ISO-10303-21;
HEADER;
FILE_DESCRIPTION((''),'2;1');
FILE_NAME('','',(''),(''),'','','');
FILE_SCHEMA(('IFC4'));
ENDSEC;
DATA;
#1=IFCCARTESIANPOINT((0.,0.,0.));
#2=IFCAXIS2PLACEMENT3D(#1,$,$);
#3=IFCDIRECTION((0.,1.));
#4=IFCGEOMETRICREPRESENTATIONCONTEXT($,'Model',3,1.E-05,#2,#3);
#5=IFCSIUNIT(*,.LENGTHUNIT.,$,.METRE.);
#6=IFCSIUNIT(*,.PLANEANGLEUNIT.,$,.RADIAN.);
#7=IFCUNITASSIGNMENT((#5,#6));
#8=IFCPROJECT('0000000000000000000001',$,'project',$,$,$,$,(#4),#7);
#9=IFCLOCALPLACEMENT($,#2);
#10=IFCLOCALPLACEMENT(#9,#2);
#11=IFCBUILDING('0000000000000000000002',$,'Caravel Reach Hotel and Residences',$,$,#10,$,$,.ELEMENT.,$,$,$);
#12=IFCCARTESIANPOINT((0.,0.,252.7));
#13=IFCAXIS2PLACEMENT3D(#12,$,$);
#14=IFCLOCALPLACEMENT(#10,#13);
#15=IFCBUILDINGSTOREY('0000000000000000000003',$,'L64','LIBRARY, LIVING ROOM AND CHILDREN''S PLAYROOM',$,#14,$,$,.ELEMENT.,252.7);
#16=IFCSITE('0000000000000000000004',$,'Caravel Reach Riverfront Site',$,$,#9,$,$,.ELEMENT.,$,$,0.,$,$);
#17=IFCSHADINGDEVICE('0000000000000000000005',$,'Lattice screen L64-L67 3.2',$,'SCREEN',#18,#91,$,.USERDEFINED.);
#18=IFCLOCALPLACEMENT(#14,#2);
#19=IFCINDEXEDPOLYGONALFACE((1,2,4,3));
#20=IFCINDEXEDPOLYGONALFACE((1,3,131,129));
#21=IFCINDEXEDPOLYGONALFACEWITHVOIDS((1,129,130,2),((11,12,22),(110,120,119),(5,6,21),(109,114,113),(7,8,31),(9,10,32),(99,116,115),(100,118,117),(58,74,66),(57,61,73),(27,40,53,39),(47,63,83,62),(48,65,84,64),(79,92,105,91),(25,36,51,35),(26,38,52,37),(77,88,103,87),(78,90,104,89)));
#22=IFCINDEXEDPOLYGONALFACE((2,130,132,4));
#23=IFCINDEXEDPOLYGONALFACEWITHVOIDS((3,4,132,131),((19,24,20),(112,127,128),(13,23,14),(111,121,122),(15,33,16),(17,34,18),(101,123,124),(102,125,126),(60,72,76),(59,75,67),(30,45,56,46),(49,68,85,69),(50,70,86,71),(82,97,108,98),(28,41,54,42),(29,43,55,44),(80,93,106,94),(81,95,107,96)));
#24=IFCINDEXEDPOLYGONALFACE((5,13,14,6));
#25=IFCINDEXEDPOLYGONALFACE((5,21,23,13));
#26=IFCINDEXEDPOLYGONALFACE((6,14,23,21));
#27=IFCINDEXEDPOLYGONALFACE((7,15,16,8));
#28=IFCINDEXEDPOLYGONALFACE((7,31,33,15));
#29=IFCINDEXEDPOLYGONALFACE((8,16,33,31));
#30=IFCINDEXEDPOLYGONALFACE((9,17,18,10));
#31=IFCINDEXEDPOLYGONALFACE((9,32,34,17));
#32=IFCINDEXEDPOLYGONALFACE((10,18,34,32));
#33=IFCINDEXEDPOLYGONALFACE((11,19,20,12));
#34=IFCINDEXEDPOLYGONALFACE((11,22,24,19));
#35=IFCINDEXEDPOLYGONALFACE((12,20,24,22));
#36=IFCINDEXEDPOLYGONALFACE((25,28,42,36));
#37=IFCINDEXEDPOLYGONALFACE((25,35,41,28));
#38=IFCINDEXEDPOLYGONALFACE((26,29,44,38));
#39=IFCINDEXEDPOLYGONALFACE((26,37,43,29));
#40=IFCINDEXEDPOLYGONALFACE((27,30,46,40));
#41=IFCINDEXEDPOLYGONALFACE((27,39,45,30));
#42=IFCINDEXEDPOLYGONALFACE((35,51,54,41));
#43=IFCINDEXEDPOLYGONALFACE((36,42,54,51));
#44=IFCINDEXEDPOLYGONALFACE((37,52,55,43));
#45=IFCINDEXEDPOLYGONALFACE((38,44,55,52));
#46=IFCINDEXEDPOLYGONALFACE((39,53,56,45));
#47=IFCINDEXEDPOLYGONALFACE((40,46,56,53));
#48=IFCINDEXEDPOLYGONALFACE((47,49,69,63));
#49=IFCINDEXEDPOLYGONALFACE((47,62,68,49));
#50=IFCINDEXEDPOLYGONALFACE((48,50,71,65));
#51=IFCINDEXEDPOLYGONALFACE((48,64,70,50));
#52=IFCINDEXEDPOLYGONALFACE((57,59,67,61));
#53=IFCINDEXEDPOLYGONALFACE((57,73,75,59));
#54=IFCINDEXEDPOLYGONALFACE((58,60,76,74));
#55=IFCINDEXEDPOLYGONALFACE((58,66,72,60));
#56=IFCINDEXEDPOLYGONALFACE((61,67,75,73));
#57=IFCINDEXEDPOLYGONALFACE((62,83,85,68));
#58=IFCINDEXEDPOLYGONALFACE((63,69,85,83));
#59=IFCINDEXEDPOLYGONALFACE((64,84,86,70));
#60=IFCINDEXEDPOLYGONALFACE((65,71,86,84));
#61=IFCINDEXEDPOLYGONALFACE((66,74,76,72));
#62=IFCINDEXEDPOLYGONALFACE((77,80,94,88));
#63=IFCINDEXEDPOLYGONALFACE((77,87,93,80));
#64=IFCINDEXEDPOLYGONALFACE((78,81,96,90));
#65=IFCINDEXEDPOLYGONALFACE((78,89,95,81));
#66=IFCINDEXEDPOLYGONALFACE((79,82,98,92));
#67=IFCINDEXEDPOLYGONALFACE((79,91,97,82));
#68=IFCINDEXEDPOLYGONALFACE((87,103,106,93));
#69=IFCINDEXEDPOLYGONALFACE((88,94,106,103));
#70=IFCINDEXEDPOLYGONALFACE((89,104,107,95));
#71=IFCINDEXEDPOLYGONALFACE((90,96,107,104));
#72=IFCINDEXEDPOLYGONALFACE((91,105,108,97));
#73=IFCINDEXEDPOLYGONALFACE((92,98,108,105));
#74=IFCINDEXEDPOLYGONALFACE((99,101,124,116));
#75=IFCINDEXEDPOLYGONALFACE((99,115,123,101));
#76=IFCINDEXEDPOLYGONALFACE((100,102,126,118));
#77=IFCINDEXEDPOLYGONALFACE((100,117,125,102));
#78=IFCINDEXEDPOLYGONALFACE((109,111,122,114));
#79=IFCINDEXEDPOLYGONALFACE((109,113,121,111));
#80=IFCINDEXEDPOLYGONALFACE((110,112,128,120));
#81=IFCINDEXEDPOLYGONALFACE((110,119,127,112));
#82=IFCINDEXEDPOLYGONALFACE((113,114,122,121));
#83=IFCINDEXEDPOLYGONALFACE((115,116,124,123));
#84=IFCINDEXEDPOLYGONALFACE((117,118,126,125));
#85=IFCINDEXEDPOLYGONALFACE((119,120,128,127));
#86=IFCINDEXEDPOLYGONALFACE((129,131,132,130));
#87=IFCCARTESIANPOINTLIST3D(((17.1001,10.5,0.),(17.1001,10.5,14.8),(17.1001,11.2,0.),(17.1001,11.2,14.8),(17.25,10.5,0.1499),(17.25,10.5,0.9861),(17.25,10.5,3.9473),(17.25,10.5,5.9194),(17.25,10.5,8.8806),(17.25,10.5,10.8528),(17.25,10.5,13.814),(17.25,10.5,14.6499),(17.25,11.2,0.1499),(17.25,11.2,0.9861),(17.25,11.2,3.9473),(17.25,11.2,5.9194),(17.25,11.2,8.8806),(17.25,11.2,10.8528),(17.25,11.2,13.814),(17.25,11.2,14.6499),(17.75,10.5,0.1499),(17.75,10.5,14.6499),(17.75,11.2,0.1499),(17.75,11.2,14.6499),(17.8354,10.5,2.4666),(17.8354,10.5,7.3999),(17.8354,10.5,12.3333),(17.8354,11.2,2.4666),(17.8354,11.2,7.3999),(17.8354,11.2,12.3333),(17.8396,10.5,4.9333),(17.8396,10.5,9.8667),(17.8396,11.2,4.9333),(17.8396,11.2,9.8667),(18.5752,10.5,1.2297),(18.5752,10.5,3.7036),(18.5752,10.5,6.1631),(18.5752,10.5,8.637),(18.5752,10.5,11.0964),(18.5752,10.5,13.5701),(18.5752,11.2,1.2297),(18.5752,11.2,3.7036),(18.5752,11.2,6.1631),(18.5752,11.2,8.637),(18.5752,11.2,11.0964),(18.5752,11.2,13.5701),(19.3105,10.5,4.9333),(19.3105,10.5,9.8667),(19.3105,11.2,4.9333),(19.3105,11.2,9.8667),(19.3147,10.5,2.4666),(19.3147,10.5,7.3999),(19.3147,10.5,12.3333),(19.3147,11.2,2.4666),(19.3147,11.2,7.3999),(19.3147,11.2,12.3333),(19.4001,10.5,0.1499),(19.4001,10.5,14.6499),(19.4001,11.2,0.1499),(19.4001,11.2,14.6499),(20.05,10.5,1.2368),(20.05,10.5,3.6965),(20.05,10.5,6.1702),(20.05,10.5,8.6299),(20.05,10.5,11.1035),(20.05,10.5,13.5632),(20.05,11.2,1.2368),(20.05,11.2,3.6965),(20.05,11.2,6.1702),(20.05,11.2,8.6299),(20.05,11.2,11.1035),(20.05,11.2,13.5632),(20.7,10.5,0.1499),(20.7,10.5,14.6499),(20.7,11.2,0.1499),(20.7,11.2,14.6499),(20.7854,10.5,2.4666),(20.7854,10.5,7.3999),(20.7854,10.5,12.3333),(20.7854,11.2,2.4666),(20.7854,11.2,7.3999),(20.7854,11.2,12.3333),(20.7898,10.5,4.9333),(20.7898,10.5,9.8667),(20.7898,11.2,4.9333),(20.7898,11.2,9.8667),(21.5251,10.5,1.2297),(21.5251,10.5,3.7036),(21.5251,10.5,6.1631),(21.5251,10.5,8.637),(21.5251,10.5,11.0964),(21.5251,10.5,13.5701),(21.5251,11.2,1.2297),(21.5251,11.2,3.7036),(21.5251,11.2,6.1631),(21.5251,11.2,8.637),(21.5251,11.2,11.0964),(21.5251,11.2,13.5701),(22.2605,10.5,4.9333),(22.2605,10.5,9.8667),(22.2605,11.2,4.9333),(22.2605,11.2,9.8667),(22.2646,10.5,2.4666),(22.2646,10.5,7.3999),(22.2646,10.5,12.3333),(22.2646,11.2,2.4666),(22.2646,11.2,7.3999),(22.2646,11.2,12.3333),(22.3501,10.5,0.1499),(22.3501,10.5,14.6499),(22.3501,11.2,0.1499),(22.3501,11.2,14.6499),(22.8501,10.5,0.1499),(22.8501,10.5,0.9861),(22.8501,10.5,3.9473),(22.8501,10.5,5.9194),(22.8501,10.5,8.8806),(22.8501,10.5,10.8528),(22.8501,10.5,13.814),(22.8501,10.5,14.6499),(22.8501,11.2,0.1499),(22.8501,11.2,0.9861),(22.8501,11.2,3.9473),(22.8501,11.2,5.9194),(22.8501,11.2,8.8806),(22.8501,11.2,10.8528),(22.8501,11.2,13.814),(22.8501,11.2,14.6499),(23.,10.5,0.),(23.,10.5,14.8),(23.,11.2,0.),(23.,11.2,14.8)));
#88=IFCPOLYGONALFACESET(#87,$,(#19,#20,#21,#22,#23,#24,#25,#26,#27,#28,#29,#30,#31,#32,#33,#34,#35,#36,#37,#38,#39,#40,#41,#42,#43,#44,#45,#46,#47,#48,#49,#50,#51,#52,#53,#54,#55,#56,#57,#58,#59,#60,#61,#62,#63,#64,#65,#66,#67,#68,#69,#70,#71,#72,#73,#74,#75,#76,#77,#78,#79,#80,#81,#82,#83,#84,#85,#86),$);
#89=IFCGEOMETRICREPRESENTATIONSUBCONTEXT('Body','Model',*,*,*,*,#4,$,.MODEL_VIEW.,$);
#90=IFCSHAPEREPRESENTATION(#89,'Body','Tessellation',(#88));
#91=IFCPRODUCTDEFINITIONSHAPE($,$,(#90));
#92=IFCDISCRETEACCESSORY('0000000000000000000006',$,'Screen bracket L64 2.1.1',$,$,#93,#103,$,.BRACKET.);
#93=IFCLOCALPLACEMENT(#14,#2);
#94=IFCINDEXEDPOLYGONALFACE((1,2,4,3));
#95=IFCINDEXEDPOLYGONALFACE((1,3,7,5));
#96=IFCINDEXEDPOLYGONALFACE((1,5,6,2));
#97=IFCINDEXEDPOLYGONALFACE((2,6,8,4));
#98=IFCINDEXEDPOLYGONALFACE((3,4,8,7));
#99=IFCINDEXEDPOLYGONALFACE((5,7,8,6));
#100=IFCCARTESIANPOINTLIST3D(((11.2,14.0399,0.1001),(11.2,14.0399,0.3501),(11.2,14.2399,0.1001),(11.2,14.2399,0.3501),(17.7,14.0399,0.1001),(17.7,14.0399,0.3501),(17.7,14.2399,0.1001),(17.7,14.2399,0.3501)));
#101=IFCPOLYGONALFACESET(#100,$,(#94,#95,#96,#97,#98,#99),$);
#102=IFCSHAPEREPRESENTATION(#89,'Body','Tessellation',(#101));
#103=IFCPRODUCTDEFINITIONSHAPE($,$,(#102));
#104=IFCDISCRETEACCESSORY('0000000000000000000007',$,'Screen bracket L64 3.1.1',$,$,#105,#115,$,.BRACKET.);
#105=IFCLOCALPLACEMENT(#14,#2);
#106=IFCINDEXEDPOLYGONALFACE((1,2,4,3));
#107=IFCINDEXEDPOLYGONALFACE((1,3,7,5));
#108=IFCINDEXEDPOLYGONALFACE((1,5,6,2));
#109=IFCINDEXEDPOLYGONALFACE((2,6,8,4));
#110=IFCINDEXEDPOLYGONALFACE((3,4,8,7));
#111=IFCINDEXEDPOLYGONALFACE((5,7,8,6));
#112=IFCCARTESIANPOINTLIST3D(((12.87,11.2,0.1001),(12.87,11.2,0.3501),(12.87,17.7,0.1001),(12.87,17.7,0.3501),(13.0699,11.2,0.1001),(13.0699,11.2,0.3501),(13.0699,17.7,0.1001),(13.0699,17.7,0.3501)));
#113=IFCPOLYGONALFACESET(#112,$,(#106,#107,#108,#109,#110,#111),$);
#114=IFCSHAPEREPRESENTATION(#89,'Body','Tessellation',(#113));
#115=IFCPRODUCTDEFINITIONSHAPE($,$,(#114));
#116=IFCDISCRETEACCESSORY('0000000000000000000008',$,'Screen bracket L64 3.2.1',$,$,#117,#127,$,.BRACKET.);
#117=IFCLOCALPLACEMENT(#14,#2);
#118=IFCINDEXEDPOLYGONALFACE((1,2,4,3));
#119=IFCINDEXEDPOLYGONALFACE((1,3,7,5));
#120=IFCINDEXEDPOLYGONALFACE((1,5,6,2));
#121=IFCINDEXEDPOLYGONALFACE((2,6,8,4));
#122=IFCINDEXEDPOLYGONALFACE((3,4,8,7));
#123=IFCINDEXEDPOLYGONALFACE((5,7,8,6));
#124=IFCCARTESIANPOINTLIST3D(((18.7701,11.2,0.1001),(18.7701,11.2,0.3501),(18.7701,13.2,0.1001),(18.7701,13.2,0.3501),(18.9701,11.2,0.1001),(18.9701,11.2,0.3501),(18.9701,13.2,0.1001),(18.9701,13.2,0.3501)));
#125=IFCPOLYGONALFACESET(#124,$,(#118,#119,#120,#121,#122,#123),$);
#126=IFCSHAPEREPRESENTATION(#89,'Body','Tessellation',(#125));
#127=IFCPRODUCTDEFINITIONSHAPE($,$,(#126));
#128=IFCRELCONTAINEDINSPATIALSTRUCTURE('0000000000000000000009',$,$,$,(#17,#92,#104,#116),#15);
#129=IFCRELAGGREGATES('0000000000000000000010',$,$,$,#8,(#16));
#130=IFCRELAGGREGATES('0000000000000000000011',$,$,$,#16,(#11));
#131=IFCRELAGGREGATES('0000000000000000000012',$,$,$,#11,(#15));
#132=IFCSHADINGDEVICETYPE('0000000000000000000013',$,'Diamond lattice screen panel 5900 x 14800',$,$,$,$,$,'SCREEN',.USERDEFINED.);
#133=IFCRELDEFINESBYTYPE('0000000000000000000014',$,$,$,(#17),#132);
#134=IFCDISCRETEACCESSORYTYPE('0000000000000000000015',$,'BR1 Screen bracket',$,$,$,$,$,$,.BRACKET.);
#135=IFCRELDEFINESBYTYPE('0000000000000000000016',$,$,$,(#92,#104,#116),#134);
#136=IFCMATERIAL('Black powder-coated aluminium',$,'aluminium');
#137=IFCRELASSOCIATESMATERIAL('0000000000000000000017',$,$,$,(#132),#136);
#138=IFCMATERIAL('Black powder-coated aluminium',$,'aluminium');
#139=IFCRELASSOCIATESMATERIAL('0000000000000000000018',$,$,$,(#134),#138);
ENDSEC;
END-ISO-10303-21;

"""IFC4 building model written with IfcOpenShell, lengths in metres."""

from ifc_helpers import new_model, si_unit, direction, frame, origin, origin_2d, place, context, subcontext, project, spatial, polyline, rectangle, outline, extrude, material, type_object, element, save


model = new_model("IFC4")

# Units and contexts
model_context = context("Model", 3, precision=1e-05, world=origin(), true_north=direction((0.0, 1.0)))
body_context = subcontext(model_context, "Body", "Model", "MODEL_VIEW")
ifc_project = project(units=[si_unit("LENGTHUNIT", "METRE"), si_unit("PLANEANGLEUNIT", "RADIAN")], contexts=[model_context])

# Site, building, storey
site_placement = place(None, origin())
site = spatial("IfcSite", under=ifc_project, at=site_placement, Name="Caravel Reach Riverfront Site", CompositionType="ELEMENT", RefElevation=0.0)
building_placement = place(site_placement, origin())
building = spatial("IfcBuilding", under=site, at=building_placement, Name="Caravel Reach Hotel and Residences", CompositionType="ELEMENT")
storey_placement = place(building_placement, frame((0.0, 0.0, 252.7)))
storey = spatial("IfcBuildingStorey", under=building, at=storey_placement, Name="L64", Description="LIBRARY, LIVING ROOM AND CHILDREN'S PLAYROOM", CompositionType="ELEMENT", Elevation=252.7)

# Shading device
ifc_material_1 = material(Name="Black powder-coated aluminium", Category="aluminium")
shading_device_type = type_object("IfcShadingDeviceType", Name="Diamond lattice screen panel 5900 x 14800", ElementType="SCREEN", PredefinedType="USERDEFINED", material=ifc_material_1)
shading_device_placement = place(storey_placement, frame((17.1001, 11.2, 0.0), z_axis=(0.0, -1.0, 0.0), x_axis=(1.0, 0.0, 0.0)))
element("IfcShadingDevice", 1, at=shading_device_placement, inside=storey, type_object=shading_device_type, Name="Lattice screen L64-L67 3.2", ObjectType="SCREEN", PredefinedType="USERDEFINED", context=body_context, shape_type="SweptSolid", body=[
    extrude(outline(polyline([(0.0, 0.0), (5.8999, 0.0), (5.8999, 14.8), (0.0, 14.8), (0.0, 0.0)]), holes=[polyline([(0.6499, 0.1499), (0.1499, 0.9861), (0.1499, 0.1499), (0.6499, 0.1499)]), polyline([(0.7395, 4.9333), (0.1499, 5.9194), (0.1499, 3.9473), (0.7395, 4.9333)]), polyline([(0.7395, 9.8667), (0.1499, 10.8528), (0.1499, 8.8806), (0.7395, 9.8667)]), polyline([(0.1499, 13.814), (0.6499, 14.6499), (0.1499, 14.6499), (0.1499, 13.814)]), polyline([(1.4751, 3.7036), (0.7354, 2.4666), (1.4751, 1.2297), (2.2146, 2.4666), (1.4751, 3.7036)]), polyline([(1.4751, 8.637), (0.7354, 7.3999), (1.4751, 6.1631), (2.2146, 7.3999), (1.4751, 8.637)]), polyline([(1.4751, 13.5701), (0.7354, 12.3333), (1.4751, 11.0964), (2.2146, 12.3333), (1.4751, 13.5701)]), polyline([(2.95, 1.2368), (2.3, 0.1499), (3.5999, 0.1499), (2.95, 1.2368)]), polyline([(2.95, 6.1702), (2.2104, 4.9333), (2.95, 3.6965), (3.6897, 4.9333), (2.95, 6.1702)]), polyline([(2.95, 11.1035), (2.2104, 9.8667), (2.95, 8.6299), (3.6897, 9.8667), (2.95, 11.1035)]), polyline([(2.95, 13.5632), (3.5999, 14.6499), (2.3, 14.6499), (2.95, 13.5632)]), polyline([(4.425, 3.7036), (3.6853, 2.4666), (4.425, 1.2297), (5.1646, 2.4666), (4.425, 3.7036)]), polyline([(4.425, 8.637), (3.6853, 7.3999), (4.425, 6.1631), (5.1646, 7.3999), (4.425, 8.637)]), polyline([(4.425, 13.5701), (3.6853, 12.3333), (4.425, 11.0964), (5.1646, 12.3333), (4.425, 13.5701)]), polyline([(5.75, 0.9861), (5.25, 0.1499), (5.75, 0.1499), (5.75, 0.9861)]), polyline([(5.1604, 4.9333), (5.75, 3.9473), (5.75, 5.9194), (5.1604, 4.9333)]), polyline([(5.1604, 9.8667), (5.75, 8.8806), (5.75, 10.8528), (5.1604, 9.8667)]), polyline([(5.25, 14.6499), (5.75, 13.814), (5.75, 14.6499), (5.25, 14.6499)])]), origin(), (0.0, 0.0, 1.0), 0.7),
])

# Discrete accessories
ifc_material_2 = material(Name="Black powder-coated aluminium", Category="aluminium")
discrete_accessory_type = type_object("IfcDiscreteAccessoryType", Name="BR1 Screen bracket", PredefinedType="BRACKET", material=ifc_material_2)
for number, where, z_axis, x_axis, name in (
    (2, (14.45, 14.1399, 0.1001), (0.0, 0.0, 1.0), (-1.0, 0.0, 0.0), "Screen bracket L64 2.1.1"),
    (3, (12.97, 14.45, 0.1001), (0.0, 0.0, 1.0), (0.0, -1.0, 0.0), "Screen bracket L64 3.1.1"),
):
    element("IfcDiscreteAccessory", number, at=place(storey_placement, frame(where, z_axis=z_axis, x_axis=x_axis)), inside=storey, type_object=discrete_accessory_type, Name=name, PredefinedType="BRACKET", context=body_context, shape_type="SweptSolid", body=[
        extrude(rectangle(XDim=6.5, YDim=0.2, at=origin_2d()), origin(), (0.0, 0.0, 1.0), 0.25),
    ])
discrete_accessory_placement = place(storey_placement, frame((18.8701, 12.2, 0.1001), z_axis=(0.0, 0.0, 1.0), x_axis=(0.0, -1.0, 0.0)))
element("IfcDiscreteAccessory", 4, at=discrete_accessory_placement, inside=storey, type_object=discrete_accessory_type, Name="Screen bracket L64 3.2.1", PredefinedType="BRACKET", context=body_context, shape_type="SweptSolid", body=[
    extrude(rectangle(XDim=2.0, YDim=0.2, at=origin_2d()), origin(), (0.0, 0.0, 1.0), 0.25),
])

save(model, "model.ifc")
